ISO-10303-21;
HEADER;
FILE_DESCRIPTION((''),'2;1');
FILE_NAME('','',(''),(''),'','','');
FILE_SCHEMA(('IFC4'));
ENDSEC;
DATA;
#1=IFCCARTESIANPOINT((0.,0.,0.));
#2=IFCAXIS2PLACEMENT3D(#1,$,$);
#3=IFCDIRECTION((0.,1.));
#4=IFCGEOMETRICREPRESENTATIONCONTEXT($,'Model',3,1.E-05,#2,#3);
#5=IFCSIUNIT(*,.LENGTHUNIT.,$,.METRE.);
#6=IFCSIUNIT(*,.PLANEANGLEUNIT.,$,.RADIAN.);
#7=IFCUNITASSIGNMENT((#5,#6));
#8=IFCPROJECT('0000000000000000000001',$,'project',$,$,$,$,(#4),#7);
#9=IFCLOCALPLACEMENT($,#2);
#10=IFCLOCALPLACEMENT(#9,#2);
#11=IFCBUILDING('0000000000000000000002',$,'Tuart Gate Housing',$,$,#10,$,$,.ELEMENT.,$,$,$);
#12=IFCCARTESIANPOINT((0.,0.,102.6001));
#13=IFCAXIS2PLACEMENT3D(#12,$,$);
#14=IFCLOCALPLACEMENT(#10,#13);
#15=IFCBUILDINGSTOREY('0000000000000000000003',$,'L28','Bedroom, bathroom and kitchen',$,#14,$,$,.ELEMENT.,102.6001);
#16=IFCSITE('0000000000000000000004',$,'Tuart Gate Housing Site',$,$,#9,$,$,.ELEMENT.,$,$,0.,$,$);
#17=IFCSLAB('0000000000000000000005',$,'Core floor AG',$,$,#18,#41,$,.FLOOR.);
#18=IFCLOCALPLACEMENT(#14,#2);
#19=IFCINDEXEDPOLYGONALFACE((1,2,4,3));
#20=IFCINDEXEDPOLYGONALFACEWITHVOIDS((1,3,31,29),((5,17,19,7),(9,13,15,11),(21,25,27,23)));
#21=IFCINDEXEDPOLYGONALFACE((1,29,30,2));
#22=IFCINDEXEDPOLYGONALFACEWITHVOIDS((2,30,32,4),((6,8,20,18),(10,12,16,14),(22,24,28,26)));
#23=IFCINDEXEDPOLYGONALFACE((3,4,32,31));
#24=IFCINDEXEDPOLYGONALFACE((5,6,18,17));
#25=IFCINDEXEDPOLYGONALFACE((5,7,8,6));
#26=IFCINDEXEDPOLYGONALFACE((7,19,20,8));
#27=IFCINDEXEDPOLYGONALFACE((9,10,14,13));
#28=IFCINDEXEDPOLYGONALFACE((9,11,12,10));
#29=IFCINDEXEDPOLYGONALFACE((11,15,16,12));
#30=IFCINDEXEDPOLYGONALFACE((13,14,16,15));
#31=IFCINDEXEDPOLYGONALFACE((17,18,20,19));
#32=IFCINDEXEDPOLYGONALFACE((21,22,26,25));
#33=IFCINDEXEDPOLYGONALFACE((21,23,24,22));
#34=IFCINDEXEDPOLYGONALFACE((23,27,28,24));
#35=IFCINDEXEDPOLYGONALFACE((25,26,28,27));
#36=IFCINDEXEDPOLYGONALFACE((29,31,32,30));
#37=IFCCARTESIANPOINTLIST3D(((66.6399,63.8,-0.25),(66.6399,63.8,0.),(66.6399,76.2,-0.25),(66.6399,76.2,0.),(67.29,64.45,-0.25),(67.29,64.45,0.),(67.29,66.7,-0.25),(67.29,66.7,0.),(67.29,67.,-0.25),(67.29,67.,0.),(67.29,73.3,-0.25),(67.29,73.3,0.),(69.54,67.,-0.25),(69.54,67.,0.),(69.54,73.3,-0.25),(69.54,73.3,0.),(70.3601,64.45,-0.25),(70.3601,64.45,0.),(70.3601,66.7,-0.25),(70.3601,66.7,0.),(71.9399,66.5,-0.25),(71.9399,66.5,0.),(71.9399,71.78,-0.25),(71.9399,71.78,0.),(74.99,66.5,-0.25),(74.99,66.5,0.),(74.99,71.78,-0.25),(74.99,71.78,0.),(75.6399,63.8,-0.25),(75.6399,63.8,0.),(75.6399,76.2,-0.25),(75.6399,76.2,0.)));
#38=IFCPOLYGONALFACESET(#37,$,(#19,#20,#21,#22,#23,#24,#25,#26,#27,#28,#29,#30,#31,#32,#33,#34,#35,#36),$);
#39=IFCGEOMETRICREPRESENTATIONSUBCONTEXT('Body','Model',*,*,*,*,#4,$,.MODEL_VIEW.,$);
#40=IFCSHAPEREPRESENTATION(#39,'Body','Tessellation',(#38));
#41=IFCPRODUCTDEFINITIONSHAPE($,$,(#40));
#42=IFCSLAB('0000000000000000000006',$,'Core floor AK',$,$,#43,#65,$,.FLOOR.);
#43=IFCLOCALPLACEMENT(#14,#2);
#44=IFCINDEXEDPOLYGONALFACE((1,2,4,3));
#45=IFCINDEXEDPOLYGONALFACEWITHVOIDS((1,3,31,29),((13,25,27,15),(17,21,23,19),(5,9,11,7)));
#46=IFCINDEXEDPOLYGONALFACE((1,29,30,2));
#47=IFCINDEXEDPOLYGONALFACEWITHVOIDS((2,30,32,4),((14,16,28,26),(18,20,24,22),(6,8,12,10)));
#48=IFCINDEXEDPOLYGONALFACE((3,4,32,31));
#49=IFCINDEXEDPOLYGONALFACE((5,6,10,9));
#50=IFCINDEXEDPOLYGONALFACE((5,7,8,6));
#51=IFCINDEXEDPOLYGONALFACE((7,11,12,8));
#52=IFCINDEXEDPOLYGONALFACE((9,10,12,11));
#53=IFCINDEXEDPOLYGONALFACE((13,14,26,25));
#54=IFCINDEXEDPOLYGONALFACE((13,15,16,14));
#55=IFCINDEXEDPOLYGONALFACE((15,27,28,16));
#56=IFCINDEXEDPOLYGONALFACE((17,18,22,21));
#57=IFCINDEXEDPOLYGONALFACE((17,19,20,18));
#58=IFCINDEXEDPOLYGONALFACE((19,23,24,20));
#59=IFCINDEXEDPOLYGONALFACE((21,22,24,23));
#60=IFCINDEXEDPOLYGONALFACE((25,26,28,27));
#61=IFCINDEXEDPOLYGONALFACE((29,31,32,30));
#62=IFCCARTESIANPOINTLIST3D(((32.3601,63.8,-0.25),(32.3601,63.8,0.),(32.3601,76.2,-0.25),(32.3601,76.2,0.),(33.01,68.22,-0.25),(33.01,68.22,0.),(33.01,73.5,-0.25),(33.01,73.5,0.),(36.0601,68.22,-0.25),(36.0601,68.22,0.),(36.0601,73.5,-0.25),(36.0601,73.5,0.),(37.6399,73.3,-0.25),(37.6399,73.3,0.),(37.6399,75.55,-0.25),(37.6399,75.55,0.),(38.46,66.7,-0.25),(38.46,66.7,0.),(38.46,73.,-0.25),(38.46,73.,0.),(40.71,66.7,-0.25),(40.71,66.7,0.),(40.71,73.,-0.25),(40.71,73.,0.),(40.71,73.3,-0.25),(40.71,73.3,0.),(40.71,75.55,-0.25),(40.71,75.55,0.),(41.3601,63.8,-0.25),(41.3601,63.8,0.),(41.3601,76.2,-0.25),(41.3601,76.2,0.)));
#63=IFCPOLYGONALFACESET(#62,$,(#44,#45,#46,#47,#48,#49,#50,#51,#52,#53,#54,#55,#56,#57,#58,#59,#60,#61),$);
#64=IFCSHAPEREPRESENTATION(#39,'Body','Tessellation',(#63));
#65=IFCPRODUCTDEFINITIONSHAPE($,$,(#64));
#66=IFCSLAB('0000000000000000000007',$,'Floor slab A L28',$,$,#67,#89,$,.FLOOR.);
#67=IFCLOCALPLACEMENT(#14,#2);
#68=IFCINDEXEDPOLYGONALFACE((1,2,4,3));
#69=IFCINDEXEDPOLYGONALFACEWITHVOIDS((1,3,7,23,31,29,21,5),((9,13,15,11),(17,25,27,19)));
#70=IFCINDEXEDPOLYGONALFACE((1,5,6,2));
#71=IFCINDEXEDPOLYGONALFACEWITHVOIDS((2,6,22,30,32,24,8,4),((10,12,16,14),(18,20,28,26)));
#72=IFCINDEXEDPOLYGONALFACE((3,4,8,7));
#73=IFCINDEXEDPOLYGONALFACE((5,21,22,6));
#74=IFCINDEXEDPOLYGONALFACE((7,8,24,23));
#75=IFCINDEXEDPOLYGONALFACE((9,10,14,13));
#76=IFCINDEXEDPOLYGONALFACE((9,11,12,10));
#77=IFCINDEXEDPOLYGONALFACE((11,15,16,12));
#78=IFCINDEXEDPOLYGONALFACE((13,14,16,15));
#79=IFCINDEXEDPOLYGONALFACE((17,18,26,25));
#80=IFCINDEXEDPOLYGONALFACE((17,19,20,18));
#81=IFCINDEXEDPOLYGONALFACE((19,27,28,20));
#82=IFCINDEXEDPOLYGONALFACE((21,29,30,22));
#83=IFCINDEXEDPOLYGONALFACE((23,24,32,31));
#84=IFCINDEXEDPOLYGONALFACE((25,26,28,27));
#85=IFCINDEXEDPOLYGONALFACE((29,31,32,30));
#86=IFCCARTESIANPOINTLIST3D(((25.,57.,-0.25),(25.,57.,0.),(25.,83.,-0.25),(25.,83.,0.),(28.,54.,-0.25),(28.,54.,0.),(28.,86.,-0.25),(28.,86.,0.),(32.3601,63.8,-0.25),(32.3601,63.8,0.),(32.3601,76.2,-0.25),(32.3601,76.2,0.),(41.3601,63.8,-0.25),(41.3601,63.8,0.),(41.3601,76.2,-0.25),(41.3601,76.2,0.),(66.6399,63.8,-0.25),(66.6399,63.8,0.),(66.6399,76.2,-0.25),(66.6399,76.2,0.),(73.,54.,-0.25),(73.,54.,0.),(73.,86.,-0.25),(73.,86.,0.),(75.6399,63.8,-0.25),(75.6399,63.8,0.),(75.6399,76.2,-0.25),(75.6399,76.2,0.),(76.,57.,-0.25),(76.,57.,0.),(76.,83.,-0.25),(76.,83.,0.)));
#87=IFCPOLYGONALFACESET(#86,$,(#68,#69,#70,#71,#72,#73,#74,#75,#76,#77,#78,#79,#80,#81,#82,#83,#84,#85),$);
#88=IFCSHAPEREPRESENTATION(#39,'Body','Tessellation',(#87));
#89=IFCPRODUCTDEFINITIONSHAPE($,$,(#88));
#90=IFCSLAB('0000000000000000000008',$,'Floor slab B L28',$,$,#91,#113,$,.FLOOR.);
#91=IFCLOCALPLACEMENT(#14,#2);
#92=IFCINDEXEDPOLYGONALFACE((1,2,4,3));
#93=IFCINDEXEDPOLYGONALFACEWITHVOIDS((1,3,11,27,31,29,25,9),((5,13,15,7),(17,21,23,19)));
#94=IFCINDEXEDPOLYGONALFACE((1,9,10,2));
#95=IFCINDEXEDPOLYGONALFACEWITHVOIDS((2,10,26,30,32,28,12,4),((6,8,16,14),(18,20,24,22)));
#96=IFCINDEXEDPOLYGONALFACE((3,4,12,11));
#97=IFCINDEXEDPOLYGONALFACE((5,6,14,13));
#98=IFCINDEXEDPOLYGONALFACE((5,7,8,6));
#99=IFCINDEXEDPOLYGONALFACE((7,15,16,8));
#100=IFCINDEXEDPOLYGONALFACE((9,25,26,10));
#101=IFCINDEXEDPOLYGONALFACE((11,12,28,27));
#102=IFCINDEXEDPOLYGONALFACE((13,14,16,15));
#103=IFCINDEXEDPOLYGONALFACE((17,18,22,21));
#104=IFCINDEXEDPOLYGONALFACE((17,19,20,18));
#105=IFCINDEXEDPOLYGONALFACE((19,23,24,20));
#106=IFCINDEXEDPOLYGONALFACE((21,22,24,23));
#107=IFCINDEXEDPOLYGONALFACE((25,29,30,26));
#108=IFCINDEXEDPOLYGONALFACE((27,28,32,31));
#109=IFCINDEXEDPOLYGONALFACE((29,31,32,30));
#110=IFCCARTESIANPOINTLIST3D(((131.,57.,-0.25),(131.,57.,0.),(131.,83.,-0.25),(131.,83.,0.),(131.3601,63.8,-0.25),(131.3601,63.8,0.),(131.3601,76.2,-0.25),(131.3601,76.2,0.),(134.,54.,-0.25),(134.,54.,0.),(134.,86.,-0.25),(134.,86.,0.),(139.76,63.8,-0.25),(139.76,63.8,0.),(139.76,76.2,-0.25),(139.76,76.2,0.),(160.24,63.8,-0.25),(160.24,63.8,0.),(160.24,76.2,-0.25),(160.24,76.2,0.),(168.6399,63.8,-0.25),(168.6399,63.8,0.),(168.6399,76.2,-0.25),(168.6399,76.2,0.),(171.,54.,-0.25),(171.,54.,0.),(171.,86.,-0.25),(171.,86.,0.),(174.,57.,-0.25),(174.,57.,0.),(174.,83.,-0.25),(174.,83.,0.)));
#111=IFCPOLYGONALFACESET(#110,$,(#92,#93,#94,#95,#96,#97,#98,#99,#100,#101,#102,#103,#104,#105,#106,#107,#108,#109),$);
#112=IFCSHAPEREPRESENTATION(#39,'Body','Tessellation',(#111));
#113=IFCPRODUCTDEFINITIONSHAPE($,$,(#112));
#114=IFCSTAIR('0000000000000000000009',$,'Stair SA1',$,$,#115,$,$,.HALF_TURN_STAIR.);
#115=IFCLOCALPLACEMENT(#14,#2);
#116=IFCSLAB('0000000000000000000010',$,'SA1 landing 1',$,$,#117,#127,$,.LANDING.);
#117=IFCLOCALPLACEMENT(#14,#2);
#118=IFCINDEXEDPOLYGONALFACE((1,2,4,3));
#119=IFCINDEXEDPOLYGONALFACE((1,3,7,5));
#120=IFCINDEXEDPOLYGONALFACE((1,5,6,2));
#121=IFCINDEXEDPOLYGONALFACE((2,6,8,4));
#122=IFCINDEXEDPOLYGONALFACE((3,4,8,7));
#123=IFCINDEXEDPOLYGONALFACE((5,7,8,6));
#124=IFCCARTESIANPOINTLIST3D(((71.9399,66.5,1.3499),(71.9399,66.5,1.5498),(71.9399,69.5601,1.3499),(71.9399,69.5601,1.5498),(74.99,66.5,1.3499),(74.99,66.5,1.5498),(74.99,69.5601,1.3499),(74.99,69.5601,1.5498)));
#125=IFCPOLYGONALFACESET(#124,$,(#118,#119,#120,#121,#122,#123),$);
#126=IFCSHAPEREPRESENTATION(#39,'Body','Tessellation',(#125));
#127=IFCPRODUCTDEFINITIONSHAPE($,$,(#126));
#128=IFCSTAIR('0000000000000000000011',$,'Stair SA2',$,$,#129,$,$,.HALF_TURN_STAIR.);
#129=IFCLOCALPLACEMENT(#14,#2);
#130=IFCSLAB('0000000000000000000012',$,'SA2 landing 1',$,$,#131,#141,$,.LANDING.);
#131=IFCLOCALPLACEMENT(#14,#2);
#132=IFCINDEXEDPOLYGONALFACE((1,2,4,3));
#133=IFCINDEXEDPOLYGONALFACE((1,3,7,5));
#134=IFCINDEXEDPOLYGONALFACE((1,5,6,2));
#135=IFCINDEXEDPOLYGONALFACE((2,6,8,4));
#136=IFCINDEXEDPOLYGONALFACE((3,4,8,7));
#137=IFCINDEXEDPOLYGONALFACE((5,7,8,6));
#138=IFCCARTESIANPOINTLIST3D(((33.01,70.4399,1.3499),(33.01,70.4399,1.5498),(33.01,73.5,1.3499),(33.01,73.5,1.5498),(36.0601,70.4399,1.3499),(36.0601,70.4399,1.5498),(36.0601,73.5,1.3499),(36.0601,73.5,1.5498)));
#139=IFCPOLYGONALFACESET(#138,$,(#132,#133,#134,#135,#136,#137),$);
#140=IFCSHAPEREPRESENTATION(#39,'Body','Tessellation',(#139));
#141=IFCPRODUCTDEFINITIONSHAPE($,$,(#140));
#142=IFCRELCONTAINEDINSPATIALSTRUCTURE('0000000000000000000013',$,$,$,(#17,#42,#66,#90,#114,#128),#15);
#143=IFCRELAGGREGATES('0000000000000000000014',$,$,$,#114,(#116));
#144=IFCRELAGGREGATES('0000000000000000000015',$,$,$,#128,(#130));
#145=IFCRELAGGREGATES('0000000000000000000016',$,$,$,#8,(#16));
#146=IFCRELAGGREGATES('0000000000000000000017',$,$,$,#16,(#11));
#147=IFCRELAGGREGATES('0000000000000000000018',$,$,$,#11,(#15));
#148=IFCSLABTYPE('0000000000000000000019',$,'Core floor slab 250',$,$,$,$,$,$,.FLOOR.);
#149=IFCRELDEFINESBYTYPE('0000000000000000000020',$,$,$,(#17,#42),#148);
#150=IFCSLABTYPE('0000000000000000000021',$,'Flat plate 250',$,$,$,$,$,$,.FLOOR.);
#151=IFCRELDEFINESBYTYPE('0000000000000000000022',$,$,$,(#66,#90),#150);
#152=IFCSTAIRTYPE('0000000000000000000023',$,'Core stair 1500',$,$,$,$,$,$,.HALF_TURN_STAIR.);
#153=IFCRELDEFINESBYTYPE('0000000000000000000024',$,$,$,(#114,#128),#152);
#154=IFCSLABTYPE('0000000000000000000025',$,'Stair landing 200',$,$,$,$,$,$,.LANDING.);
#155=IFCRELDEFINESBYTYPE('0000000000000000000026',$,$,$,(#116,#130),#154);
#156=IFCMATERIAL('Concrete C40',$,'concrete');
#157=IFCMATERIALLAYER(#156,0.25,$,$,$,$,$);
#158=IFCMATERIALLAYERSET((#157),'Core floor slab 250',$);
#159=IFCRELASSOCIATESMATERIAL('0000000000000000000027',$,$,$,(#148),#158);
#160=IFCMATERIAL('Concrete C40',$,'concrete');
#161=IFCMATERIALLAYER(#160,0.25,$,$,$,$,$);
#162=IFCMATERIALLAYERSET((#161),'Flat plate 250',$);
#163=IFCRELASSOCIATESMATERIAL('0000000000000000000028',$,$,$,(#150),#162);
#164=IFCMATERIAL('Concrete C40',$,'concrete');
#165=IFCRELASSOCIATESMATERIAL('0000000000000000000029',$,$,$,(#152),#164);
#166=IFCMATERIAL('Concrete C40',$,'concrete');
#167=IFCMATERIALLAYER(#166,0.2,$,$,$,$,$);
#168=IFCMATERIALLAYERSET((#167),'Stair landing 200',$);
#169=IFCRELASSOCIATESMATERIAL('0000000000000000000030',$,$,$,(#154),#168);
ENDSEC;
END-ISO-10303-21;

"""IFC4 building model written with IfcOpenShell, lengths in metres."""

from ifc_helpers import new_model, si_unit, direction, frame, origin, place, context, subcontext, project, spatial, polyline, outline, extrude, material, layer, layer_set, type_object, element, aggregate, save


model = new_model("IFC4")

# Units and contexts
model_context = context("Model", 3, precision=1e-05, world=origin(), true_north=direction((0.0, 1.0)))
body_context = subcontext(model_context, "Body", "Model", "MODEL_VIEW")
ifc_project = project(units=[si_unit("LENGTHUNIT", "METRE"), si_unit("PLANEANGLEUNIT", "RADIAN")], contexts=[model_context])

# Site, building, storey
site_placement = place(None, origin())
site = spatial("IfcSite", under=ifc_project, at=site_placement, Name="Tuart Gate Housing Site", CompositionType="ELEMENT", RefElevation=0.0)
building_placement = place(site_placement, origin())
building = spatial("IfcBuilding", under=site, at=building_placement, Name="Tuart Gate Housing", CompositionType="ELEMENT")
storey_placement = place(building_placement, frame((0.0, 0.0, 102.6001)))
storey = spatial("IfcBuildingStorey", under=building, at=storey_placement, Name="L28", Description="Bedroom, bathroom and kitchen", CompositionType="ELEMENT", Elevation=102.6001)

# Slabs
ifc_material_1 = material(Name="Concrete C40", Category="concrete")
ifc_layer_1 = layer(ifc_material_1, 0.25)
ifc_layer_set_1 = layer_set([ifc_layer_1], Name="Core floor slab 250")
slab_type_1 = type_object("IfcSlabType", Name="Core floor slab 250", PredefinedType="FLOOR", material=ifc_layer_set_1)
slab_1_placement = place(storey_placement, frame((0.0, 0.0, -0.25)))
element("IfcSlab", 1, at=slab_1_placement, inside=storey, type_object=slab_type_1, Name="Core floor AG", PredefinedType="FLOOR", context=body_context, shape_type="SweptSolid", body=[
    extrude(outline(polyline([(66.6399, 63.8), (75.6399, 63.8), (75.6399, 76.2), (66.6399, 76.2), (66.6399, 63.8)]), holes=[polyline([(67.29, 64.45), (70.3601, 64.45), (70.3601, 66.7), (67.29, 66.7), (67.29, 64.45)]), polyline([(67.29, 67.0), (69.54, 67.0), (69.54, 73.3), (67.29, 73.3), (67.29, 67.0)]), polyline([(71.9399, 66.5), (74.99, 66.5), (74.99, 71.78), (71.9399, 71.78), (71.9399, 66.5)])]), origin(), (0.0, 0.0, 1.0), 0.25),
])
slab_2_placement = place(storey_placement, frame((0.0, 0.0, -0.25)))
element("IfcSlab", 2, at=slab_2_placement, inside=storey, type_object=slab_type_1, Name="Core floor AK", PredefinedType="FLOOR", context=body_context, shape_type="SweptSolid", body=[
    extrude(outline(polyline([(32.3601, 63.8), (41.3601, 63.8), (41.3601, 76.2), (32.3601, 76.2), (32.3601, 63.8)]), holes=[polyline([(40.71, 75.55), (37.6399, 75.55), (37.6399, 73.3), (40.71, 73.3), (40.71, 75.55)]), polyline([(40.71, 73.0), (38.46, 73.0), (38.46, 66.7), (40.71, 66.7), (40.71, 73.0)]), polyline([(36.0601, 73.5), (33.01, 73.5), (33.01, 68.22), (36.0601, 68.22), (36.0601, 73.5)])]), origin(), (0.0, 0.0, 1.0), 0.25),
])
ifc_material_2 = material(Name="Concrete C40", Category="concrete")
ifc_layer_2 = layer(ifc_material_2, 0.25)
ifc_layer_set_2 = layer_set([ifc_layer_2], Name="Flat plate 250")
slab_type_2 = type_object("IfcSlabType", Name="Flat plate 250", PredefinedType="FLOOR", material=ifc_layer_set_2)
slab_3_placement = place(storey_placement, frame((0.0, 0.0, -0.25)))
element("IfcSlab", 3, at=slab_3_placement, inside=storey, type_object=slab_type_2, Name="Floor slab A L28", PredefinedType="FLOOR", context=body_context, shape_type="SweptSolid", body=[
    extrude(outline(polyline([(28.0, 86.0), (25.0, 83.0), (25.0, 57.0), (28.0, 54.0), (73.0, 54.0), (76.0, 57.0), (76.0, 83.0), (73.0, 86.0), (28.0, 86.0)]), holes=[polyline([(66.6399, 76.2), (75.6399, 76.2), (75.6399, 63.8), (66.6399, 63.8), (66.6399, 76.2)]), polyline([(41.3601, 76.2), (41.3601, 63.8), (32.3601, 63.8), (32.3601, 76.2), (41.3601, 76.2)])]), origin(), (0.0, 0.0, 1.0), 0.25),
])
slab_4_placement = place(storey_placement, frame((0.0, 0.0, -0.25)))
element("IfcSlab", 4, at=slab_4_placement, inside=storey, type_object=slab_type_2, Name="Floor slab B L28", PredefinedType="FLOOR", context=body_context, shape_type="SweptSolid", body=[
    extrude(outline(polyline([(134.0, 86.0), (131.0, 83.0), (131.0, 57.0), (134.0, 54.0), (171.0, 54.0), (174.0, 57.0), (174.0, 83.0), (171.0, 86.0), (134.0, 86.0)]), holes=[polyline([(131.3601, 76.2), (139.76, 76.2), (139.76, 63.8), (131.3601, 63.8), (131.3601, 76.2)]), polyline([(168.6399, 76.2), (168.6399, 63.8), (160.24, 63.8), (160.24, 76.2), (168.6399, 76.2)])]), origin(), (0.0, 0.0, 1.0), 0.25),
])

# Stairs, slabs
ifc_material_3 = material(Name="Concrete C40", Category="concrete")
stair_type = type_object("IfcStairType", Name="Core stair 1500", PredefinedType="HALF_TURN_STAIR", material=ifc_material_3)
stair_1_placement = place(storey_placement, origin())
stair_1 = element("IfcStair", 5, at=stair_1_placement, inside=storey, type_object=stair_type, Name="Stair SA1", PredefinedType="HALF_TURN_STAIR")
ifc_material_4 = material(Name="Concrete C40", Category="concrete")
ifc_layer_3 = layer(ifc_material_4, 0.2)
ifc_layer_set_3 = layer_set([ifc_layer_3], Name="Stair landing 200")
slab_type_3 = type_object("IfcSlabType", Name="Stair landing 200", PredefinedType="LANDING", material=ifc_layer_set_3)
slab_5_placement = place(storey_placement, frame((0.0, 0.0, 1.3499)))
slab_5 = element("IfcSlab", 6, at=slab_5_placement, type_object=slab_type_3, Name="SA1 landing 1", PredefinedType="LANDING", context=body_context, shape_type="SweptSolid", body=[
    extrude(outline(polyline([(71.9399, 66.5), (74.99, 66.5), (74.99, 69.5601), (71.9399, 69.5601), (71.9399, 66.5)])), origin(), (0.0, 0.0, 1.0), 0.2),
])
aggregate(stair_1, [slab_5])
stair_2_placement = place(storey_placement, origin())
stair_2 = element("IfcStair", 7, at=stair_2_placement, inside=storey, type_object=stair_type, Name="Stair SA2", PredefinedType="HALF_TURN_STAIR")
slab_6_placement = place(storey_placement, frame((0.0, 0.0, 1.3499)))
slab_6 = element("IfcSlab", 8, at=slab_6_placement, type_object=slab_type_3, Name="SA2 landing 1", PredefinedType="LANDING", context=body_context, shape_type="SweptSolid", body=[
    extrude(outline(polyline([(36.0601, 73.5), (33.01, 73.5), (33.01, 70.4399), (36.0601, 70.4399), (36.0601, 73.5)])), origin(), (0.0, 0.0, 1.0), 0.2),
])
aggregate(stair_2, [slab_6])

save(model, "model.ifc")
